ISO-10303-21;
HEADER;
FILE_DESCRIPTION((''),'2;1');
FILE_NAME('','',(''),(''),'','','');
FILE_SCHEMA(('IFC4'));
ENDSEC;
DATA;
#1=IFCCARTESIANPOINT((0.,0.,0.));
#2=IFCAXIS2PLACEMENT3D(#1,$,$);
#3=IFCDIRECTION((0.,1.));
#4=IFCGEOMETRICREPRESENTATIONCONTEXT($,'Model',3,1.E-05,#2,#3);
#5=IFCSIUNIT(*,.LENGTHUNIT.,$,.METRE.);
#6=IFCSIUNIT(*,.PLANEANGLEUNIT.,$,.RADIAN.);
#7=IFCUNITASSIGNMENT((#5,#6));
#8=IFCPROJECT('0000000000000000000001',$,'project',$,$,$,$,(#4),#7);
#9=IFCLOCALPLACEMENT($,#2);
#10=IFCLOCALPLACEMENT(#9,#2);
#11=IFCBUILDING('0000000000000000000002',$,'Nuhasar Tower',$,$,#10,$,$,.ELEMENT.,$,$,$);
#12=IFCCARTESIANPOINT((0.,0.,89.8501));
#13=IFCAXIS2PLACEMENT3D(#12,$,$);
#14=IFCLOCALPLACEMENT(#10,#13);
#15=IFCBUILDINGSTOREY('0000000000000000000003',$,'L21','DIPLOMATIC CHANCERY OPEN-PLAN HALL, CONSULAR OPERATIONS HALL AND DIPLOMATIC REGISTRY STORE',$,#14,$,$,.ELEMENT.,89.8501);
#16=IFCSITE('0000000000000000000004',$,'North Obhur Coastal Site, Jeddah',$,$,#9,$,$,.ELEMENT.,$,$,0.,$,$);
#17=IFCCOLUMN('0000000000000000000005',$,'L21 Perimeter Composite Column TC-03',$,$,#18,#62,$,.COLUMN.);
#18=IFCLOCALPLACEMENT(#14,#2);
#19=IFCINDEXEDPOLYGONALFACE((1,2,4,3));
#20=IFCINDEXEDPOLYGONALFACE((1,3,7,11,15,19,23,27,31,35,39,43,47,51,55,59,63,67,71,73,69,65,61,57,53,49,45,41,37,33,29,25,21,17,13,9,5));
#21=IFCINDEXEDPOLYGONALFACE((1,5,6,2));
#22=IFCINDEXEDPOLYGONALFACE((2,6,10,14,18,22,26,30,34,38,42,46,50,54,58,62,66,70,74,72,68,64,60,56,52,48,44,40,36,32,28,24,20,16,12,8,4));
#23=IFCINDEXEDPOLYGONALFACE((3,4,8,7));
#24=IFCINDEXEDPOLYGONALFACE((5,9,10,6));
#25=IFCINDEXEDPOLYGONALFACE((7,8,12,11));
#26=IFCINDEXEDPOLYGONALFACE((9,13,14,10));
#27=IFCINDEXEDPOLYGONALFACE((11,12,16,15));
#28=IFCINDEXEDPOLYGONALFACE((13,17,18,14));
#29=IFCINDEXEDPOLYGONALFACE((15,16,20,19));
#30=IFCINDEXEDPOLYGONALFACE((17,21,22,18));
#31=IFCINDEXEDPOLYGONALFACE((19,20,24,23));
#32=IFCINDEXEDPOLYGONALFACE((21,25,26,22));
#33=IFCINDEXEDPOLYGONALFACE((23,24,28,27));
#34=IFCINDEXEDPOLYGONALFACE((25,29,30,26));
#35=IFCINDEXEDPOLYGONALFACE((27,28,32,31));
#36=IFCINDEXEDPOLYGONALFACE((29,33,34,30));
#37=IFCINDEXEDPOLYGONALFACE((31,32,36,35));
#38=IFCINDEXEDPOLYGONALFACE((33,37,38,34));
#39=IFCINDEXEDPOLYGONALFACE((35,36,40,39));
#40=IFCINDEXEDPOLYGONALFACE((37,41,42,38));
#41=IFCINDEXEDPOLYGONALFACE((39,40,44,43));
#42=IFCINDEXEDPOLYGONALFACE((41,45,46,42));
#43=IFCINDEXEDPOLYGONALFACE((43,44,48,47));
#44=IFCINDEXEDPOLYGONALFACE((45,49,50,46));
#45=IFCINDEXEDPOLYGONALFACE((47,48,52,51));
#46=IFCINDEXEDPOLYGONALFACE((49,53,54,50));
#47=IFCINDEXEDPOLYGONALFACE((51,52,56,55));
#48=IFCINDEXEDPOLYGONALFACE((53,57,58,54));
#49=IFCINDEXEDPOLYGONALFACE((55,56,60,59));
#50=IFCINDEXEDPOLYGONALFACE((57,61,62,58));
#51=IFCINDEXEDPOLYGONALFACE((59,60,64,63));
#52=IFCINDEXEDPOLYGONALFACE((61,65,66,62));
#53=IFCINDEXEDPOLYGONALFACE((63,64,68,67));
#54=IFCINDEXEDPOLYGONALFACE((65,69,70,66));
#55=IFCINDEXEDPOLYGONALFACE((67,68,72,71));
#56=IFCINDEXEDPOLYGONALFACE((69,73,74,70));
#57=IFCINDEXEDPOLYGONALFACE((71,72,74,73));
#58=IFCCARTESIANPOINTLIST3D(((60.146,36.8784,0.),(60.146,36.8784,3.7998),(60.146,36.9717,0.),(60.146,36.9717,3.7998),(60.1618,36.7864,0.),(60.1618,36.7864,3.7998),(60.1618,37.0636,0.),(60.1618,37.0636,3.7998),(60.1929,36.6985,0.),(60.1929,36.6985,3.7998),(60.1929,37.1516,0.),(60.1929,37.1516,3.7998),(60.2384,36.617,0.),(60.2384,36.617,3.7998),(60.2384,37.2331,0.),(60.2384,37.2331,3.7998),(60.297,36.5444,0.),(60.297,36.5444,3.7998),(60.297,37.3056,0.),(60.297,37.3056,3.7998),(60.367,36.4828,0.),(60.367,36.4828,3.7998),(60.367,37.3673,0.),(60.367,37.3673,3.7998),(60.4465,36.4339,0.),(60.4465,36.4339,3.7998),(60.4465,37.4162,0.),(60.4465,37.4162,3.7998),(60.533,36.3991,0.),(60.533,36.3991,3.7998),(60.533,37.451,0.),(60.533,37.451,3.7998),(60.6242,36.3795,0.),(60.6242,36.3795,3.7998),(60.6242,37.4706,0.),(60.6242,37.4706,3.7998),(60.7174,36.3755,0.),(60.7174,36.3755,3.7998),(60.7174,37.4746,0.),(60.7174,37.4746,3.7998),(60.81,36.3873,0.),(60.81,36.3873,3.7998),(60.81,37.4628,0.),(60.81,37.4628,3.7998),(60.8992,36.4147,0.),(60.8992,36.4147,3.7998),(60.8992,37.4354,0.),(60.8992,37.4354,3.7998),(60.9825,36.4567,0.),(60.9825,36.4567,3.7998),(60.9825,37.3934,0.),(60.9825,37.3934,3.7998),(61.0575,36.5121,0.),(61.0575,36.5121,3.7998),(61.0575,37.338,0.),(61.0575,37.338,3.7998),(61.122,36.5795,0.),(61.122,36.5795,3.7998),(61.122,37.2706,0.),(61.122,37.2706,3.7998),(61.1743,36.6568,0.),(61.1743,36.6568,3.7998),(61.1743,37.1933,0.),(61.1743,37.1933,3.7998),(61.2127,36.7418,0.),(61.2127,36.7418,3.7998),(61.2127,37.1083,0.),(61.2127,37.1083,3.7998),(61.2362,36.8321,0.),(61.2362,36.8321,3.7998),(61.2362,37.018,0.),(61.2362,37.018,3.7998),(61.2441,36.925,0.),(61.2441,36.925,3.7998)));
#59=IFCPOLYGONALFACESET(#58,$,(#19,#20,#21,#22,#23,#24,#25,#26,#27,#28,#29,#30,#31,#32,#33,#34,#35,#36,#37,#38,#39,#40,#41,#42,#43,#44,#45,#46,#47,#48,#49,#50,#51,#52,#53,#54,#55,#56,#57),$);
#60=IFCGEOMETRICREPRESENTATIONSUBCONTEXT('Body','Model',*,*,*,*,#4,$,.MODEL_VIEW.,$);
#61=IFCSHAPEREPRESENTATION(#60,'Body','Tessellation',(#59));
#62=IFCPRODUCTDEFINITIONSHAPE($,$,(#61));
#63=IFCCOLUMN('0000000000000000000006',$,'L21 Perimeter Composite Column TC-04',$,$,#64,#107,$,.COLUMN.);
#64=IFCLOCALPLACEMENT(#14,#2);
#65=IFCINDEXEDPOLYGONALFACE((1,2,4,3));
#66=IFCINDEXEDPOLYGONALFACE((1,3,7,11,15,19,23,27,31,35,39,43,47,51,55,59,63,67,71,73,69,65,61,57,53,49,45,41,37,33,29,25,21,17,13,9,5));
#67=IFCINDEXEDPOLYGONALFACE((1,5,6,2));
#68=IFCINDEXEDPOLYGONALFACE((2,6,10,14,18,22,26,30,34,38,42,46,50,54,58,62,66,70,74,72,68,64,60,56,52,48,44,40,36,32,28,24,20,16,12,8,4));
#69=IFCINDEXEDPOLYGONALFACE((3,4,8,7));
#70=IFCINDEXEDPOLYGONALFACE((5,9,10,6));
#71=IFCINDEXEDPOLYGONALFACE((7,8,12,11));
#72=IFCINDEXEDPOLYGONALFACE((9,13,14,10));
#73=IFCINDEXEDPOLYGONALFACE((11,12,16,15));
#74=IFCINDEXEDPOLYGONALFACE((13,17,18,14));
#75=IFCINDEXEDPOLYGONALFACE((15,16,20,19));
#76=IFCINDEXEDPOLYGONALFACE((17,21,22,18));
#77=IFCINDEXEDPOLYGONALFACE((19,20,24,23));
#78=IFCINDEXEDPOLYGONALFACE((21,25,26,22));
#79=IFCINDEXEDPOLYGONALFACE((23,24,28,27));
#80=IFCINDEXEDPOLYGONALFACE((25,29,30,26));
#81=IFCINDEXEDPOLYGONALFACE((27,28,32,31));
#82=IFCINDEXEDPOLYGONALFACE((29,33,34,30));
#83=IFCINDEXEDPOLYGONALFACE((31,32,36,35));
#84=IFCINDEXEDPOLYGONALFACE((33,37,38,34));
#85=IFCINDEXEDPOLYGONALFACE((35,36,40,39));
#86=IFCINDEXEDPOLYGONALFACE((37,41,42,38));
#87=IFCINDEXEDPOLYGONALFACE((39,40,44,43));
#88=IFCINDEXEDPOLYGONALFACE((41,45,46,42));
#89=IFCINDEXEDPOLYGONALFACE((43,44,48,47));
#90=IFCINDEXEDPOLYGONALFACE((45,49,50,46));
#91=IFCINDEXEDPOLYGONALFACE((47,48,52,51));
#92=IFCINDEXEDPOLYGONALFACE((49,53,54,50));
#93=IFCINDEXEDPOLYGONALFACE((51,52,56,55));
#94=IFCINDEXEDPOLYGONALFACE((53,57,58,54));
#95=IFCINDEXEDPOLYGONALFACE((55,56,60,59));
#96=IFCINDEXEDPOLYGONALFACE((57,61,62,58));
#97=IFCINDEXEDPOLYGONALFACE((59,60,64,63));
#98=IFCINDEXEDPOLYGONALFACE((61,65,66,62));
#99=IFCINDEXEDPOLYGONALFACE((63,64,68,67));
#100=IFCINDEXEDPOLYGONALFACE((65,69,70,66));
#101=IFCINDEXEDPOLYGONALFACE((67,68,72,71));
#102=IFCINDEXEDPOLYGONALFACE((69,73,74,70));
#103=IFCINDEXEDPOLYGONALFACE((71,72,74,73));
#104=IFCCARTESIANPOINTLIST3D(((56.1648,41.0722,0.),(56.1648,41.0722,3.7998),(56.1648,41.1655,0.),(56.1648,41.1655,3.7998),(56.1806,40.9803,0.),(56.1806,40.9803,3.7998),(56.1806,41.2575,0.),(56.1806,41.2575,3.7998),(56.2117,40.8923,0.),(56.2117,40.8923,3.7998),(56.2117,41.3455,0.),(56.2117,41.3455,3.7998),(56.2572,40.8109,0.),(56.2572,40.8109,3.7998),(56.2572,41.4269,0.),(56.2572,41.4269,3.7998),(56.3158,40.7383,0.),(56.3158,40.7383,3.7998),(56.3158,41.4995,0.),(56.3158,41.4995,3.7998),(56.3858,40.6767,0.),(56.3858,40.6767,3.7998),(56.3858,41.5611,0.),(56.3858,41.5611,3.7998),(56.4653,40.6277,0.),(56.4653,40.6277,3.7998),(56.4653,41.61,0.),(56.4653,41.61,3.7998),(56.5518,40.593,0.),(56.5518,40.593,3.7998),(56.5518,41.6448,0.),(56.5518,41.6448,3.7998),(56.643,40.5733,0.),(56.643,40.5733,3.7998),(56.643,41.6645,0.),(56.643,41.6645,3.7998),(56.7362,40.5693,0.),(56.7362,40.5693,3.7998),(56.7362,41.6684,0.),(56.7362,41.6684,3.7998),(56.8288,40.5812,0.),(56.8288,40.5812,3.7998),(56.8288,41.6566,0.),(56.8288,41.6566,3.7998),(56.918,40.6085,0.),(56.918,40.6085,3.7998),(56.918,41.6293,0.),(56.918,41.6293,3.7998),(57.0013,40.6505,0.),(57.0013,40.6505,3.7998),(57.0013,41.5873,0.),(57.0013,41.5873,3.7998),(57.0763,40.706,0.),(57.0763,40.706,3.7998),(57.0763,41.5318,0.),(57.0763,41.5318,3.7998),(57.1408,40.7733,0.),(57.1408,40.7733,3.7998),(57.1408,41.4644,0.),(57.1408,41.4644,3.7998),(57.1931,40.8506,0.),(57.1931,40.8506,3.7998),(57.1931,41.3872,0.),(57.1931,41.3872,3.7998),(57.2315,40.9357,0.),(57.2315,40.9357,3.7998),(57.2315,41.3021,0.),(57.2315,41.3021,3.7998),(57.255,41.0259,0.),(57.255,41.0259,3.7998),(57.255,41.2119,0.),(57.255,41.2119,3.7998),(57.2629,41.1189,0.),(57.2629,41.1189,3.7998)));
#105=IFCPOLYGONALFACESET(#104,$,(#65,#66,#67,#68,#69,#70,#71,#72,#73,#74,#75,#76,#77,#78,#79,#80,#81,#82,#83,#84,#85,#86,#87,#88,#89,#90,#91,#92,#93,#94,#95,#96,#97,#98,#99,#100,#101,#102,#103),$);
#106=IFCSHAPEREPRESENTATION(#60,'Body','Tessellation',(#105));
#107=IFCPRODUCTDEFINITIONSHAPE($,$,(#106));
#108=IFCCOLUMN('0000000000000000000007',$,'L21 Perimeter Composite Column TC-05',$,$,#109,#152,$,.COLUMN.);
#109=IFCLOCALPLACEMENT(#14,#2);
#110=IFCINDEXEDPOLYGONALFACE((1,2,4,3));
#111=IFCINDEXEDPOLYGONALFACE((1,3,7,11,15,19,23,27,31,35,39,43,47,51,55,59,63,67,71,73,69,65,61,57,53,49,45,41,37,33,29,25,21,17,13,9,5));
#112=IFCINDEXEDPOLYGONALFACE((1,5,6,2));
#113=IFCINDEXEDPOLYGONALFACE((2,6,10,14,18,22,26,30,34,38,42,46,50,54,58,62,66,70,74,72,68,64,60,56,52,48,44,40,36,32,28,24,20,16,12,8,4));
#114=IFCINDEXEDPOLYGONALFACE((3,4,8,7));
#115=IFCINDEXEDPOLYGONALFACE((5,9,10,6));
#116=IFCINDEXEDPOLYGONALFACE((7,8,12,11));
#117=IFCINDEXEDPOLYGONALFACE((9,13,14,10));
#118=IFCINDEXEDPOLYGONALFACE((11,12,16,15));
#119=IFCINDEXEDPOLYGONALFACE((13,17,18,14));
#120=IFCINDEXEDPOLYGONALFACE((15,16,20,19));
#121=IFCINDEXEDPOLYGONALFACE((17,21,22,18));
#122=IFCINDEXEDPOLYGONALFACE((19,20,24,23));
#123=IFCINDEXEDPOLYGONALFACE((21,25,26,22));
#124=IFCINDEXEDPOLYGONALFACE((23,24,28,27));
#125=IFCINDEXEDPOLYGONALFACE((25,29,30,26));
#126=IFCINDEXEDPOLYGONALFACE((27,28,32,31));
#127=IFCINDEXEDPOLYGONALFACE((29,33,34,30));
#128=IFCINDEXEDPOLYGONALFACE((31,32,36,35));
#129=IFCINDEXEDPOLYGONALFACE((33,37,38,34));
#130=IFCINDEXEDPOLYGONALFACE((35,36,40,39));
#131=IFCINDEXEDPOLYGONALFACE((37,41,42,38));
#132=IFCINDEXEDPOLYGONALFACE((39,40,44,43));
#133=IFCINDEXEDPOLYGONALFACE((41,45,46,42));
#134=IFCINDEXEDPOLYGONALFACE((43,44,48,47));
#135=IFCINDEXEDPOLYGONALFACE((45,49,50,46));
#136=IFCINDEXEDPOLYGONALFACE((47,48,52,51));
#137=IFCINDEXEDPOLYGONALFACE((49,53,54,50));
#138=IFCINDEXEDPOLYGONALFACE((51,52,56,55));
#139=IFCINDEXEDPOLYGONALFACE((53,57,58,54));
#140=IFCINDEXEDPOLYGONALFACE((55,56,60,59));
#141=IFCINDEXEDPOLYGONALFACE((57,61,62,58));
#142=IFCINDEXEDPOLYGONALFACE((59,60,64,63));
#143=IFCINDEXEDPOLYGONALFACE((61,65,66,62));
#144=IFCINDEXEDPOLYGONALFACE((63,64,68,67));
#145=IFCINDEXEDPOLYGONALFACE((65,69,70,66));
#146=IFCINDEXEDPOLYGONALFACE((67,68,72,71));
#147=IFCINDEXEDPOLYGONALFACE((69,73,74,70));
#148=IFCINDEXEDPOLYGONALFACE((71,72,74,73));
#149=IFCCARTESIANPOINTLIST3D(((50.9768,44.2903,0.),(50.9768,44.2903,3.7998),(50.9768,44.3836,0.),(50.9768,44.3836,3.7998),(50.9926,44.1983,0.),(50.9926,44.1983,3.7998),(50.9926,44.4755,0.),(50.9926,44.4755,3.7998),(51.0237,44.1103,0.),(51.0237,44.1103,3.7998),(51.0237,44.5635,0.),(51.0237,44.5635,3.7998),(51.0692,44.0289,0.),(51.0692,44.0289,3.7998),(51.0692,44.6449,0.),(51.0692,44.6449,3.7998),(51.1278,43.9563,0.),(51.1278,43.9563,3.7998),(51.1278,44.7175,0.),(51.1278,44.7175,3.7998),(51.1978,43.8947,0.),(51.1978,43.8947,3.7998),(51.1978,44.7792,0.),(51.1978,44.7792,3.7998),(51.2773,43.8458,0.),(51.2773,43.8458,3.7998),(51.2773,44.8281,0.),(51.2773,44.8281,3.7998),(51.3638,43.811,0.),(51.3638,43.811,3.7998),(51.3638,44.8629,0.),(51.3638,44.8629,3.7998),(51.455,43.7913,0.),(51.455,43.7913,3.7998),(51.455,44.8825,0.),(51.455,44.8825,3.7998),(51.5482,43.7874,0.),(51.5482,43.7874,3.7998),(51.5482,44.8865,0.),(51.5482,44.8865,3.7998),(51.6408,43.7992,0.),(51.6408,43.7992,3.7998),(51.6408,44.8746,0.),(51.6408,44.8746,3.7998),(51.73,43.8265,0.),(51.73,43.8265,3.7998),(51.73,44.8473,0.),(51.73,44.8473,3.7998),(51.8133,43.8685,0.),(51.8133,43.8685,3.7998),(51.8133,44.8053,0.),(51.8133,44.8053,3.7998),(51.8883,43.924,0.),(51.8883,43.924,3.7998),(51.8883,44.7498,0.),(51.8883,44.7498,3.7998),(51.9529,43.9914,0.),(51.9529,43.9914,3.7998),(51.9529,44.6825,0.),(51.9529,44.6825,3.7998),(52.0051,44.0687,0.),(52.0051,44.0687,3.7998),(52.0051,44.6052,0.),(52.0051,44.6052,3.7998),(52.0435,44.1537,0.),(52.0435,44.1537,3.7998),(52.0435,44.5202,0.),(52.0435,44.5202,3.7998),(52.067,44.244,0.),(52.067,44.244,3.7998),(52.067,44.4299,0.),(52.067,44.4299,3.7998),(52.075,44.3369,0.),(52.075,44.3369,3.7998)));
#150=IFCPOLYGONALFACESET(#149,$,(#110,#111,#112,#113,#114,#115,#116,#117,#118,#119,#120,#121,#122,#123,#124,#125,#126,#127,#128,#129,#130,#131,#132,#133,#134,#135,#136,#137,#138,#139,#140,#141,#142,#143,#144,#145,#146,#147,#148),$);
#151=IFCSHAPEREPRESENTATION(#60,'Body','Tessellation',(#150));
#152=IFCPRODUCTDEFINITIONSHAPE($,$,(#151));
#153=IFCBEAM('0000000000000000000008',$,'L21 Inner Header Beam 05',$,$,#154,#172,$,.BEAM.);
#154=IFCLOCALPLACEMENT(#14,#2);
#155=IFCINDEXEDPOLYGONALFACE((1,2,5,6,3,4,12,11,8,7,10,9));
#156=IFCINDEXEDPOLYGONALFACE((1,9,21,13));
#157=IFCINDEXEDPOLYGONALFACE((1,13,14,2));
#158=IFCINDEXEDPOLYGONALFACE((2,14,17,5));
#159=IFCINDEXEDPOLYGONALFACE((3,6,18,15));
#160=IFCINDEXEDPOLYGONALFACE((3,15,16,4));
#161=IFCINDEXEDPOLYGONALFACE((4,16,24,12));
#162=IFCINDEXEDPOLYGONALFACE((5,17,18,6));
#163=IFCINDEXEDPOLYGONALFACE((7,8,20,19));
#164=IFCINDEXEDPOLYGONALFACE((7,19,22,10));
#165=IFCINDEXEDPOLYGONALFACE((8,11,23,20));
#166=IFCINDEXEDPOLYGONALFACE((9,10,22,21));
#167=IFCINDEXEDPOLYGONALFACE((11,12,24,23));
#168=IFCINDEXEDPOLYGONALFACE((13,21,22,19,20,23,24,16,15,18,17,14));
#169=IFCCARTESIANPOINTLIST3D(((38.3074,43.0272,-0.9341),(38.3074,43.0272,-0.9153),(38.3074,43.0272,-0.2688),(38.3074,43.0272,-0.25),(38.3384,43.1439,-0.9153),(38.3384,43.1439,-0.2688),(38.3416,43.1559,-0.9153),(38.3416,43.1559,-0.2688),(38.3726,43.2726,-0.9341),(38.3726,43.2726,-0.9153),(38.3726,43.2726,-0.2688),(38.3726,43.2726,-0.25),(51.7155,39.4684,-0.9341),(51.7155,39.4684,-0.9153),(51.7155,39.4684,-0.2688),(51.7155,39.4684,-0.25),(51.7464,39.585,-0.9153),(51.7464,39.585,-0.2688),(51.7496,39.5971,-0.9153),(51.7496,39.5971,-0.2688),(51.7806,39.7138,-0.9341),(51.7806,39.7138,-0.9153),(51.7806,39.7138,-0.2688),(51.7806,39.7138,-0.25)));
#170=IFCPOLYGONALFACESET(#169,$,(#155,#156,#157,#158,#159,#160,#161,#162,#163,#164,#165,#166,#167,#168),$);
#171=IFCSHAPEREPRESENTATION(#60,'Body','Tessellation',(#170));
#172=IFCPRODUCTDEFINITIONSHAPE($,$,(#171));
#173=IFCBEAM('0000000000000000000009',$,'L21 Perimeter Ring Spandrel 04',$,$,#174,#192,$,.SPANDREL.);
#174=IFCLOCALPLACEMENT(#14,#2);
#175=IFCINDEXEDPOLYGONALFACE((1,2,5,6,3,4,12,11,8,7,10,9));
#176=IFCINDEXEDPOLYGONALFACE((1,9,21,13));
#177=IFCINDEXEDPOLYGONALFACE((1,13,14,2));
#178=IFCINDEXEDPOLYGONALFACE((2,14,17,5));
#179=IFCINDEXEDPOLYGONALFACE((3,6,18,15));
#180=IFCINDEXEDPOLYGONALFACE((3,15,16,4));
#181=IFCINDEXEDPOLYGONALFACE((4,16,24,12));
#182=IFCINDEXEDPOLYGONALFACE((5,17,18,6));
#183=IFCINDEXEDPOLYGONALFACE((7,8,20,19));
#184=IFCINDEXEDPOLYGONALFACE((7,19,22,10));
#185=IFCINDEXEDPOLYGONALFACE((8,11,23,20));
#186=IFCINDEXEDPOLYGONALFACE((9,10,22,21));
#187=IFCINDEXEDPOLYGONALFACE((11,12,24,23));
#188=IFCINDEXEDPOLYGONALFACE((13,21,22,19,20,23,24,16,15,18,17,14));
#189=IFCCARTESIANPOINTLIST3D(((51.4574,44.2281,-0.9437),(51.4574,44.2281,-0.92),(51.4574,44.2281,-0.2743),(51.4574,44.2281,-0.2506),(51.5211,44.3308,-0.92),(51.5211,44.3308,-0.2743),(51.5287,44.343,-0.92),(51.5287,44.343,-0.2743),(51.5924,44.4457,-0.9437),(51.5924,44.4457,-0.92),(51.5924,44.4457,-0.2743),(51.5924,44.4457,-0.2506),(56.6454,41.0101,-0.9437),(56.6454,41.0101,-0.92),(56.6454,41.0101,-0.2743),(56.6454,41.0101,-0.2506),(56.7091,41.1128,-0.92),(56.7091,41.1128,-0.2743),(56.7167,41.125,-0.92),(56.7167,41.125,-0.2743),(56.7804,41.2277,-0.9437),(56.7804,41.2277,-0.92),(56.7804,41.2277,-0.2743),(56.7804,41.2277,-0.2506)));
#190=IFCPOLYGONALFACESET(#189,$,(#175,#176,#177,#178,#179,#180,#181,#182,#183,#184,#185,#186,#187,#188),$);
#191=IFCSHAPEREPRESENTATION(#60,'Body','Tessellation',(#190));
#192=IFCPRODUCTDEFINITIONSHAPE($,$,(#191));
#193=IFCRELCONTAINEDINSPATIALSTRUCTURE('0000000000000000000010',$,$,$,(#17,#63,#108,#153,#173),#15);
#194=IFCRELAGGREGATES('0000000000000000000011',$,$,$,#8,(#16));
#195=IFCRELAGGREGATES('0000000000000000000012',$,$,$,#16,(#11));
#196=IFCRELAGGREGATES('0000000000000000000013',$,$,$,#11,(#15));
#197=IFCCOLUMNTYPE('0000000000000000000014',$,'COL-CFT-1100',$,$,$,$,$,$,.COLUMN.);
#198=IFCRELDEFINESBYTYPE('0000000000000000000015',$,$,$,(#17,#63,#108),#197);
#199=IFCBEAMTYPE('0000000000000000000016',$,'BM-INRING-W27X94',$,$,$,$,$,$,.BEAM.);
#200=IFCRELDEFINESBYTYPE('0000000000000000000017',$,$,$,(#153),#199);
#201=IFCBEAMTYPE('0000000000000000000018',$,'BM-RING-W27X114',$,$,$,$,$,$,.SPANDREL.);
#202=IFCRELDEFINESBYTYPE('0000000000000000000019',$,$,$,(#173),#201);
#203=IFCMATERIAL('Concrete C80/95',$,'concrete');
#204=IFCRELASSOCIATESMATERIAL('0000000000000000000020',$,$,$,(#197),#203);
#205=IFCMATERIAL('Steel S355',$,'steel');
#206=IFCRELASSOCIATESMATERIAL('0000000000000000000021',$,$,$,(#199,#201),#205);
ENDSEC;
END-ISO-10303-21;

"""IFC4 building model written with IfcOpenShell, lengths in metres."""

from ifc_helpers import new_model, si_unit, direction, frame, origin, origin_2d, place, context, subcontext, project, spatial, circle, i_section, extrude, material, material_profile, profile_set, type_object, element, save


model = new_model("IFC4")

# Units and contexts
model_context = context("Model", 3, precision=1e-05, world=origin(), true_north=direction((0.0, 1.0)))
body_context = subcontext(model_context, "Body", "Model", "MODEL_VIEW")
ifc_project = project(units=[si_unit("LENGTHUNIT", "METRE"), si_unit("PLANEANGLEUNIT", "RADIAN")], contexts=[model_context])

# Site, building, storey
site_placement = place(None, origin())
site = spatial("IfcSite", under=ifc_project, at=site_placement, Name="North Obhur Coastal Site, Jeddah", CompositionType="ELEMENT", RefElevation=0.0)
building_placement = place(site_placement, origin())
building = spatial("IfcBuilding", under=site, at=building_placement, Name="Nuhasar Tower", CompositionType="ELEMENT")
storey_placement = place(building_placement, frame((0.0, 0.0, 89.8501)))
storey = spatial("IfcBuildingStorey", under=building, at=storey_placement, Name="L21", Description="DIPLOMATIC CHANCERY OPEN-PLAN HALL, CONSULAR OPERATIONS HALL AND DIPLOMATIC REGISTRY STORE", CompositionType="ELEMENT", Elevation=89.8501)

# Columns
ifc_material_1 = material(Name="Concrete C80/95", Category="concrete")
ifc_material_profile_1 = material_profile(ifc_material_1, circle(Radius=0.55, at=origin_2d()), Name="CFT1100")
ifc_profile_set_1 = profile_set([ifc_material_profile_1], Name="Concrete C80/95")
column_type = type_object("IfcColumnType", Name="COL-CFT-1100", PredefinedType="COLUMN", material=ifc_profile_set_1)
for number, where, z_axis, x_axis, name in (
    (1, (60.6941, 36.925, 0.0), (0.0, 0.0, 1.0), (1.0, 0.0, 0.0), "L21 Perimeter Composite Column TC-03"),
    (2, (56.7129, 41.1189, 0.0), (0.0, 0.0, 1.0), (1.0, 0.0, 0.0), "L21 Perimeter Composite Column TC-04"),
    (3, (51.5249, 44.3369, 0.0), (0.0, 0.0, 1.0), (1.0, 0.0, 0.0), "L21 Perimeter Composite Column TC-05"),
):
    element("IfcColumn", number, at=place(storey_placement, frame(where, z_axis=z_axis, x_axis=x_axis)), inside=storey, type_object=column_type, Name=name, PredefinedType="COLUMN", context=body_context, shape_type="SweptSolid", body=[
        extrude(circle(Radius=0.55, at=origin_2d()), origin(), (0.0, 0.0, 1.0), 3.7998),
    ])

# Beams
ifc_material_2 = material(Name="Steel S355", Category="steel")
ifc_material_profile_2 = material_profile(ifc_material_2, i_section(OverallWidth=0.2539, OverallDepth=0.6841, WebThickness=0.0125, FlangeThickness=0.0188, at=origin_2d()), Name="W27X94")
ifc_profile_set_2 = profile_set([ifc_material_profile_2], Name="Steel S355")
beam_type_1 = type_object("IfcBeamType", Name="BM-INRING-W27X94", PredefinedType="BEAM", material=ifc_profile_set_2)
beam_1_placement = place(storey_placement, frame((51.748, 39.5911, -0.592), z_axis=(-0.966533, 0.256544, 0.0), x_axis=(-0.256544, -0.966533, 0.0)))
element("IfcBeam", 4, at=beam_1_placement, inside=storey, type_object=beam_type_1, Name="L21 Inner Header Beam 05", PredefinedType="BEAM", context=body_context, shape_type="SweptSolid", body=[
    extrude(i_section(OverallWidth=0.2539, OverallDepth=0.6841, WebThickness=0.0125, FlangeThickness=0.0188, at=origin_2d()), origin(), (0.0, 0.0, 1.0), 13.8723),
])
ifc_material_profile_3 = material_profile(ifc_material_2, i_section(OverallWidth=0.2561, OverallDepth=0.6931, WebThickness=0.0144, FlangeThickness=0.0237, at=origin_2d()), Name="W27X114")
ifc_profile_set_3 = profile_set([ifc_material_profile_3], Name="Steel S355")
beam_type_2 = type_object("IfcBeamType", Name="BM-RING-W27X114", PredefinedType="SPANDREL", material=ifc_profile_set_3)
beam_2_placement = place(storey_placement, frame((56.7129, 41.1189, -0.5972), z_axis=(-0.849795, 0.527113, 0.0), x_axis=(-0.527113, -0.849795, 0.0)))
element("IfcBeam", 5, at=beam_2_placement, inside=storey, type_object=beam_type_2, Name="L21 Perimeter Ring Spandrel 04", PredefinedType="SPANDREL", context=body_context, shape_type="SweptSolid", body=[
    extrude(i_section(OverallWidth=0.2561, OverallDepth=0.6931, WebThickness=0.0144, FlangeThickness=0.0237, at=origin_2d()), origin(), (0.0, 0.0, 1.0), 6.105),
])

save(model, "model.ifc")
